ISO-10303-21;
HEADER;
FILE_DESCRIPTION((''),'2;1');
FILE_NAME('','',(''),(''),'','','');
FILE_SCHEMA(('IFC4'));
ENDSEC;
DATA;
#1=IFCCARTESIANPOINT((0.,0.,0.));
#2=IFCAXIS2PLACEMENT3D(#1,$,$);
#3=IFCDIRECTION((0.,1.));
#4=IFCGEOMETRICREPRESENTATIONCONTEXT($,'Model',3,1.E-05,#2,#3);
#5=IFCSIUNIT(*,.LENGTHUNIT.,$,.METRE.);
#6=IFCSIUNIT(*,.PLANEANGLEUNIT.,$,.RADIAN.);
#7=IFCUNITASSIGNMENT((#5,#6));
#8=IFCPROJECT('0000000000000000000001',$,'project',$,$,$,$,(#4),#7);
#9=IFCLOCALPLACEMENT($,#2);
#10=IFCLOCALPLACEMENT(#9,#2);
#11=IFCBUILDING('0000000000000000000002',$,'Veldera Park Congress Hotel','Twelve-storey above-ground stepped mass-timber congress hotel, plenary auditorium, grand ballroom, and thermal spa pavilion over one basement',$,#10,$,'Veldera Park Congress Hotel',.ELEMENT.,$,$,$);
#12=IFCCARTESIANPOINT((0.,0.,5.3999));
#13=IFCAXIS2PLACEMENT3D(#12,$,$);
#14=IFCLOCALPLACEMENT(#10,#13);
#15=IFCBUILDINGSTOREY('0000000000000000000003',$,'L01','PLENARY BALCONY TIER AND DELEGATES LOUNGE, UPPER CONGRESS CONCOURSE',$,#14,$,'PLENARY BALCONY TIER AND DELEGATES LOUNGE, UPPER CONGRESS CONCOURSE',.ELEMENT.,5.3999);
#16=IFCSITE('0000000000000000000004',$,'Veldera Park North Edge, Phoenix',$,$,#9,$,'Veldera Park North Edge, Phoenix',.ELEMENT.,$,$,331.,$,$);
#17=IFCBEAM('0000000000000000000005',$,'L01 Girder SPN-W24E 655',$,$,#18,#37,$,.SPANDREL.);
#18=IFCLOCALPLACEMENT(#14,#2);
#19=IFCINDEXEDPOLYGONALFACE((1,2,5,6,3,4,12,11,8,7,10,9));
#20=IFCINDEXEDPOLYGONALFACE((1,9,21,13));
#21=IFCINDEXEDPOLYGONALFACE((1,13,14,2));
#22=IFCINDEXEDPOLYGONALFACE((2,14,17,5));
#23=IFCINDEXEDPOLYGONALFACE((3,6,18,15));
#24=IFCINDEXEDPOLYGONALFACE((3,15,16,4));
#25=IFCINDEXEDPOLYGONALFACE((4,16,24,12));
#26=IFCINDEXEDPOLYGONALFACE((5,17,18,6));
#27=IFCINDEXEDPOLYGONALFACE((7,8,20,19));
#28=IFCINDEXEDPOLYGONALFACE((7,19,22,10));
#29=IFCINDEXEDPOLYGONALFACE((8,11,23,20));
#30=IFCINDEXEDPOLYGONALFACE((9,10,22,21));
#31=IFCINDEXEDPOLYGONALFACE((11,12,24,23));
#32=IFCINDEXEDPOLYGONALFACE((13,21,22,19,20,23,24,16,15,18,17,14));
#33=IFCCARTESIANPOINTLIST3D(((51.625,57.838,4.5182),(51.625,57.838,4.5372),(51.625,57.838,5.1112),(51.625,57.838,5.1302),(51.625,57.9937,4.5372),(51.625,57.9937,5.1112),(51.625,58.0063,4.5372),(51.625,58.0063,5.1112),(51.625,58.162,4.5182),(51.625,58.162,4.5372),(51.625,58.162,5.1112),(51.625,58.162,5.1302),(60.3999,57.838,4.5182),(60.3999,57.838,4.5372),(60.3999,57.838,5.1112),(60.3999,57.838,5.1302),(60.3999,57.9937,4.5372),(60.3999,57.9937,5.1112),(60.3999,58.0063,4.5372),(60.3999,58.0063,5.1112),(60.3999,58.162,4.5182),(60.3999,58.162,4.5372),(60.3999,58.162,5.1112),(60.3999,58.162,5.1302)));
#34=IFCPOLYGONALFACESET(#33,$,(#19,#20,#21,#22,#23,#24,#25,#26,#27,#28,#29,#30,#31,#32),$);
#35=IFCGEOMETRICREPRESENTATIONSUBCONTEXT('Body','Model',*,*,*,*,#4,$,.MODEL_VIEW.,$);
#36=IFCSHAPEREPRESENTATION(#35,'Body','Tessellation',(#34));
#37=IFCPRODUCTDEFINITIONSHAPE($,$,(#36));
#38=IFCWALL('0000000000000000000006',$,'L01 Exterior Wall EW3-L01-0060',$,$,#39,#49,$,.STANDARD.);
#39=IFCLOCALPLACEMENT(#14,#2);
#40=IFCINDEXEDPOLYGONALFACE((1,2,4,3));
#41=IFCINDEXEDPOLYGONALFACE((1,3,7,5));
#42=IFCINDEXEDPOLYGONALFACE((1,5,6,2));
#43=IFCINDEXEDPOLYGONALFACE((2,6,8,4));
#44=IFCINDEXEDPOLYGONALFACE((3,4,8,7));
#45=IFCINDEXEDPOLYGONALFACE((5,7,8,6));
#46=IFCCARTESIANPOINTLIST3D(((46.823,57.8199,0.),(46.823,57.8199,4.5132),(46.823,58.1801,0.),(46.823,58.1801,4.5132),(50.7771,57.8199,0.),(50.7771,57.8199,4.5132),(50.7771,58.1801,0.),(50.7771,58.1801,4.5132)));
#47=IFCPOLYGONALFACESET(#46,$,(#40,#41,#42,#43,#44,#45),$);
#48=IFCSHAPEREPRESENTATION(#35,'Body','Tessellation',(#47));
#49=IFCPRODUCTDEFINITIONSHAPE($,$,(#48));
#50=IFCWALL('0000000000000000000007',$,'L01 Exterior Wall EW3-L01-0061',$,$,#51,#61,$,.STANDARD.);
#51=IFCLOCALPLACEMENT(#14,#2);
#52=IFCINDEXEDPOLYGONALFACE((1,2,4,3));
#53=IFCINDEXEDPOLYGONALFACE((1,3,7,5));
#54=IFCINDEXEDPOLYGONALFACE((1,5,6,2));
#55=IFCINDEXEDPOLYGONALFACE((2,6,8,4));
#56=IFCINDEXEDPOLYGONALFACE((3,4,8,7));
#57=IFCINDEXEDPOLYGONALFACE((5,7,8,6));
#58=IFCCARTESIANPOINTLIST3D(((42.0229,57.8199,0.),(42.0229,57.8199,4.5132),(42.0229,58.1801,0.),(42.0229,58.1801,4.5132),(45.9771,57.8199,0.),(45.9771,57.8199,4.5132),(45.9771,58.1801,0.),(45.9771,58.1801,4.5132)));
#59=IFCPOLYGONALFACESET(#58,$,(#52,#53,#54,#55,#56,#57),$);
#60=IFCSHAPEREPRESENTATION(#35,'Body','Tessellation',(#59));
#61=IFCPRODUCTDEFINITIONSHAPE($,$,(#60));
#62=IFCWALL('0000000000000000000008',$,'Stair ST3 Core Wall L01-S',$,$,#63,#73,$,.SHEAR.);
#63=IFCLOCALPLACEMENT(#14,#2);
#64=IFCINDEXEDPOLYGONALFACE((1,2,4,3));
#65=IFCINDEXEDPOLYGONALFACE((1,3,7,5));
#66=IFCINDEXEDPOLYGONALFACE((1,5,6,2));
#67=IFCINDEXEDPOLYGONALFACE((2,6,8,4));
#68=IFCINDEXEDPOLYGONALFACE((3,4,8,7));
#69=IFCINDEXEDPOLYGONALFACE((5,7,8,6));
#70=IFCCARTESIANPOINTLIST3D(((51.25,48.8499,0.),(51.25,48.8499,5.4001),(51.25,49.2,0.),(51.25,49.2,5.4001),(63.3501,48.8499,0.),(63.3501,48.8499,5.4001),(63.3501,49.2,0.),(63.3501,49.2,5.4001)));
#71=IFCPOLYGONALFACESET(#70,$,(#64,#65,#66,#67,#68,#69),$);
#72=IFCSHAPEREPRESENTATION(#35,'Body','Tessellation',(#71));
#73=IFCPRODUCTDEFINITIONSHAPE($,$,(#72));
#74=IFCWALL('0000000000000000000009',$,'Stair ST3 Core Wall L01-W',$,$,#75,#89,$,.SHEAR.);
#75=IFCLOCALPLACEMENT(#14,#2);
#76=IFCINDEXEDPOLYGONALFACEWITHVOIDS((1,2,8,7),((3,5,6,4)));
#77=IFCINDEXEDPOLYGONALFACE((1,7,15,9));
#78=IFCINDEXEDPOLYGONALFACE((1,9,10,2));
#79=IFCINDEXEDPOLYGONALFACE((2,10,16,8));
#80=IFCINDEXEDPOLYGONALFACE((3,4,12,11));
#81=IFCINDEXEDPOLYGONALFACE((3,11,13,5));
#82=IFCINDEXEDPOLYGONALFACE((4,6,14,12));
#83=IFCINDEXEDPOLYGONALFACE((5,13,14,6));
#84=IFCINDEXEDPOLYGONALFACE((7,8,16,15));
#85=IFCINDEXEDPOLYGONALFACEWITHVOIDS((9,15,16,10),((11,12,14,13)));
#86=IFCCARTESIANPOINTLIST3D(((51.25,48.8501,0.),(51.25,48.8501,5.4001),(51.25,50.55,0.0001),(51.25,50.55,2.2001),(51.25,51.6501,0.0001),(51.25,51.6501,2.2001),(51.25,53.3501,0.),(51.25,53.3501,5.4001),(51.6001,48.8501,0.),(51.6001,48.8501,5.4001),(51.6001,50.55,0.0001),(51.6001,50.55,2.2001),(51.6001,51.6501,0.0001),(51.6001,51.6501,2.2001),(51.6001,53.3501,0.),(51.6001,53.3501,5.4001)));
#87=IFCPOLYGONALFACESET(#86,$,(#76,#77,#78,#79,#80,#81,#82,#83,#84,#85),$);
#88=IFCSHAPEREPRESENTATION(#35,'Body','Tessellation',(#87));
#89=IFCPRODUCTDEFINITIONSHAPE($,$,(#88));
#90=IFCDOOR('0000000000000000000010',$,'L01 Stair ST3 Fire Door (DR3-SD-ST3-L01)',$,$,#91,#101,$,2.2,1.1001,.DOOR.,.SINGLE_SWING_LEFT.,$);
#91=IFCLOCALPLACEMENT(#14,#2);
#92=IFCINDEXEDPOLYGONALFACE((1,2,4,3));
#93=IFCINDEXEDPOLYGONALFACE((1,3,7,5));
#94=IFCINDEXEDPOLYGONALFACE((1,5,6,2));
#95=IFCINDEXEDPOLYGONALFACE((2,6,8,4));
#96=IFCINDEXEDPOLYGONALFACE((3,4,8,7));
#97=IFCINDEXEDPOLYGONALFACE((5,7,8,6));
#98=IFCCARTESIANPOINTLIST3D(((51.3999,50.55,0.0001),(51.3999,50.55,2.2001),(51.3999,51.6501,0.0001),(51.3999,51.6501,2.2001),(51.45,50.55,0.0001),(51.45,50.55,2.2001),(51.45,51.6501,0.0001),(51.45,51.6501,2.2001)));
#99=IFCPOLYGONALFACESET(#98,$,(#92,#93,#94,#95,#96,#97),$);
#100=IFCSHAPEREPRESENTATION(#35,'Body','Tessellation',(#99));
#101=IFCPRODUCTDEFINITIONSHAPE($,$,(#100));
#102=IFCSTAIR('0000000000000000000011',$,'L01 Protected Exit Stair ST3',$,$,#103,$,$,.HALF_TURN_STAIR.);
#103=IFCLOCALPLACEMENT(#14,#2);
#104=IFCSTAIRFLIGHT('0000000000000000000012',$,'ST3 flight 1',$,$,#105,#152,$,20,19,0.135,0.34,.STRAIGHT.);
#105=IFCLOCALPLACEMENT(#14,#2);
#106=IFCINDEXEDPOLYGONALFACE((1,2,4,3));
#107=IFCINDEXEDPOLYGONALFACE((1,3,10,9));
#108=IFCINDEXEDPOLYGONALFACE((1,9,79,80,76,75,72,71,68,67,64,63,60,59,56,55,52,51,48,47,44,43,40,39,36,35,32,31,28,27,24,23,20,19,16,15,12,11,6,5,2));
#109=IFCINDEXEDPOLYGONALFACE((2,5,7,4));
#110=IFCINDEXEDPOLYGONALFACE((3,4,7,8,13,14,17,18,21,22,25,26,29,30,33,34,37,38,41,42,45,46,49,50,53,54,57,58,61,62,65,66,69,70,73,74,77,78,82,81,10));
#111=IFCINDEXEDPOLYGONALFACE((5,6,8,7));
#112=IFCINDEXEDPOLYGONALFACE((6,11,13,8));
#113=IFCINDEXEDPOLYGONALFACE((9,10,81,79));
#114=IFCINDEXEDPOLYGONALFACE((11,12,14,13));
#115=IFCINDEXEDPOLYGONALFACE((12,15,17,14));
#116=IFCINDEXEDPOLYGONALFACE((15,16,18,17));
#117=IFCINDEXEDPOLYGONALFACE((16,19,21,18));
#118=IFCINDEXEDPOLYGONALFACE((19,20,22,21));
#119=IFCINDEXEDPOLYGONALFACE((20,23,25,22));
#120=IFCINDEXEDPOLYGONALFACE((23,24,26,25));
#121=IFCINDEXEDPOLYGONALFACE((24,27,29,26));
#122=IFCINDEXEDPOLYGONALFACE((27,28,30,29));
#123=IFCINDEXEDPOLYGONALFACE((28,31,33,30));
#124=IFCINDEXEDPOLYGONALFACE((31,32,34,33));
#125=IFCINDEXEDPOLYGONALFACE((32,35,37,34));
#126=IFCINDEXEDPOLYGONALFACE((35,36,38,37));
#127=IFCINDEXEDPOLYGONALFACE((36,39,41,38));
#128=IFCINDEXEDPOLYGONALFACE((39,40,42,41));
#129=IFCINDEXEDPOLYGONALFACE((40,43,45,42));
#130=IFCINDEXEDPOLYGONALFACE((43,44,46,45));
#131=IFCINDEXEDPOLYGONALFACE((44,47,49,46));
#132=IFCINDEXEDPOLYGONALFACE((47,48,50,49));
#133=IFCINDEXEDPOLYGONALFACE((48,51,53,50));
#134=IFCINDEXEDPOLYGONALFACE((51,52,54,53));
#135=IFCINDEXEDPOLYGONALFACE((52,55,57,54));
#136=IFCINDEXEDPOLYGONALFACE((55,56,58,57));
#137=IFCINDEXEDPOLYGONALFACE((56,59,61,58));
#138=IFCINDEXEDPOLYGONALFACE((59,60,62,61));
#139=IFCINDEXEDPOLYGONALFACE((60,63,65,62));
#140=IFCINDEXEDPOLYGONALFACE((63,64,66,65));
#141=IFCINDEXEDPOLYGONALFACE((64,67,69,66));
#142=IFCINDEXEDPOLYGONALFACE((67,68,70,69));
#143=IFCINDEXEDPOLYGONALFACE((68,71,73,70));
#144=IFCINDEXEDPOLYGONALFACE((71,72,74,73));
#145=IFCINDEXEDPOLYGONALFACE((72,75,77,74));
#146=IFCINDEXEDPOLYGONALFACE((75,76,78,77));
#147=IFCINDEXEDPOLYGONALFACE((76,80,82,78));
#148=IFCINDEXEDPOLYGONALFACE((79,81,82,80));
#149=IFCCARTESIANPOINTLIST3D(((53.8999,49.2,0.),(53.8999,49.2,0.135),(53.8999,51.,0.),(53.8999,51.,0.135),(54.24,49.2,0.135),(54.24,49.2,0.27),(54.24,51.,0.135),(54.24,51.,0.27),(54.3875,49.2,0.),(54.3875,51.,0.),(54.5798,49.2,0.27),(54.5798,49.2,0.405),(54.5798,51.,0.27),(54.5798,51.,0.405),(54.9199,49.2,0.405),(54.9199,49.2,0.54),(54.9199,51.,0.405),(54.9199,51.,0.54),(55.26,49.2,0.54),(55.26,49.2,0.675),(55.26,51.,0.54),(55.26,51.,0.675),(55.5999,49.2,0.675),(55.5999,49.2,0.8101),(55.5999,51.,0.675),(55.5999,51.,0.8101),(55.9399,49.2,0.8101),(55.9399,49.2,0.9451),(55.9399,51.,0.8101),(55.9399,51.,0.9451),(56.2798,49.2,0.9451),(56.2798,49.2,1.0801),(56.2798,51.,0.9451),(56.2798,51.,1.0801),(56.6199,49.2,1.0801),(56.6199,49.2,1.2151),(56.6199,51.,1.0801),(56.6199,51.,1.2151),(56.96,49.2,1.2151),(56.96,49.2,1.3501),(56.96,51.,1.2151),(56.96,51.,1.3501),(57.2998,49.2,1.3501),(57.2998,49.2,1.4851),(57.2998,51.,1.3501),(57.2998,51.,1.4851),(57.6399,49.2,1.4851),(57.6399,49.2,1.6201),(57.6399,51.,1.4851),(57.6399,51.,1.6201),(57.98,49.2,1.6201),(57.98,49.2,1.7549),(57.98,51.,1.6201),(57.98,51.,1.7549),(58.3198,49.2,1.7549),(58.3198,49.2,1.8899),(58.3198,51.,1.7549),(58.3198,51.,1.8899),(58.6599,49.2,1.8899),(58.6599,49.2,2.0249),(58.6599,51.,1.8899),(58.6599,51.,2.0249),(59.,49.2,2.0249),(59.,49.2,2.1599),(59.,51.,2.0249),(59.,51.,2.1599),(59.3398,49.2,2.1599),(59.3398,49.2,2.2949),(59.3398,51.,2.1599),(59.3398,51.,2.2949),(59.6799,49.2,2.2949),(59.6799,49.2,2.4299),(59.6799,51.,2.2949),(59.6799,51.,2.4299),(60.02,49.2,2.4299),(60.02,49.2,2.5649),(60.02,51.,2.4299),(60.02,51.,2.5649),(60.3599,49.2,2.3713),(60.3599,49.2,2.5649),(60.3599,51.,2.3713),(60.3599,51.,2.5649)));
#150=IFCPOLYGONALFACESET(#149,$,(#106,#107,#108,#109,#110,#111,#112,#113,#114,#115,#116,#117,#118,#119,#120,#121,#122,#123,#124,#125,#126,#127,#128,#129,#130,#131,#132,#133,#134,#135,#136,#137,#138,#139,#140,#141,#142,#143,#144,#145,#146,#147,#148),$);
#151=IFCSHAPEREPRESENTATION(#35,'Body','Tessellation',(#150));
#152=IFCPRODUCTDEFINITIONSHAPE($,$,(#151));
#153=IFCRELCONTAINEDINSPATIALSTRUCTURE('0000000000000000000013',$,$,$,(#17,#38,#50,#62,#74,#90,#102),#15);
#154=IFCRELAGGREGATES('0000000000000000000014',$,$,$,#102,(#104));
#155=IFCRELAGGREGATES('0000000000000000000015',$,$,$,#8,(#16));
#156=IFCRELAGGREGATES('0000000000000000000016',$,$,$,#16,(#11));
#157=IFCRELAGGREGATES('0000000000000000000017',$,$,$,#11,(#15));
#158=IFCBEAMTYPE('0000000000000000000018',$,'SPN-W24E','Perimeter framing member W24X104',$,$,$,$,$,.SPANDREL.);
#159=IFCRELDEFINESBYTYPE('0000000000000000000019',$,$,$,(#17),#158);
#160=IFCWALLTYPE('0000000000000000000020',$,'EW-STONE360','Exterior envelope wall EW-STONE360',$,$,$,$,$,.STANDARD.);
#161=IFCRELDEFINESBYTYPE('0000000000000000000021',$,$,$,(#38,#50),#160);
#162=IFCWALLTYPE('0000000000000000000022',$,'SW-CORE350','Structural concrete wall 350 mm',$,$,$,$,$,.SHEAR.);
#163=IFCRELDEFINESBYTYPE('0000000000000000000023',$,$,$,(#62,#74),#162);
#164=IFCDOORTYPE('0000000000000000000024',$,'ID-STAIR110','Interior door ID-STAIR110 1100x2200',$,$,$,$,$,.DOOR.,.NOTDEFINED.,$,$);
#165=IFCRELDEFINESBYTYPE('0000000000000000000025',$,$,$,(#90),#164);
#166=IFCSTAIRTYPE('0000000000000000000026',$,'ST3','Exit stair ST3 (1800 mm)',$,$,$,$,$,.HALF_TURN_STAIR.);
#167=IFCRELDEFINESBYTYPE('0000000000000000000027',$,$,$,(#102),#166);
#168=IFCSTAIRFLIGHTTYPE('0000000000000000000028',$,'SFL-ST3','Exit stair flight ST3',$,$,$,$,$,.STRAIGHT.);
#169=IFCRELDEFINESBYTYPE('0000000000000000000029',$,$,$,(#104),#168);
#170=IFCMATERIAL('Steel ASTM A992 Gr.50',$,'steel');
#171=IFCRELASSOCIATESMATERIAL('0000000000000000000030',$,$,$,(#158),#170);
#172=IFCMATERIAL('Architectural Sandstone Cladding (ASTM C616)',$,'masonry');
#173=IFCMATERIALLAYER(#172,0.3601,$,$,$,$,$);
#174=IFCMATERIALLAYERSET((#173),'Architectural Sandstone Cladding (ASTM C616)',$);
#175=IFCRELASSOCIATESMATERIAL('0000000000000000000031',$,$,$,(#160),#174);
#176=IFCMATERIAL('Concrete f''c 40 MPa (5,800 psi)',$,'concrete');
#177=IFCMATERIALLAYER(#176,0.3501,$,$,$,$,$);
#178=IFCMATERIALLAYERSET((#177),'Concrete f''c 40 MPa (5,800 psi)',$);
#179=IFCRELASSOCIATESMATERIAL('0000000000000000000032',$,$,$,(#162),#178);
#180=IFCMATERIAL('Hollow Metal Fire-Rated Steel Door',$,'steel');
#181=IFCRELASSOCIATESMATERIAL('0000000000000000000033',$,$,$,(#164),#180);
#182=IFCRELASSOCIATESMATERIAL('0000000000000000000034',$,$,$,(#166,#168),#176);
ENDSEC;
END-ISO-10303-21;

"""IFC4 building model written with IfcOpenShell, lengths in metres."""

from ifc_helpers import new_model, si_unit, direction, frame, frame_2d, origin, origin_2d, place, context, subcontext, project, spatial, polyline, rectangle, i_section, outline, extrude, material, layer, layer_set, material_profile, profile_set, type_object, element, fill, aggregate, save


model = new_model("IFC4")

# Units and contexts
model_context = context("Model", 3, precision=1e-05, world=origin(), true_north=direction((0.0, 1.0)))
body_context = subcontext(model_context, "Body", "Model", "MODEL_VIEW")
ifc_project = project(units=[si_unit("LENGTHUNIT", "METRE"), si_unit("PLANEANGLEUNIT", "RADIAN")], contexts=[model_context])

# Site, building, storey
site_placement = place(None, origin())
site = spatial("IfcSite", under=ifc_project, at=site_placement, Name="Veldera Park North Edge, Phoenix", LongName="Veldera Park North Edge, Phoenix", CompositionType="ELEMENT", RefElevation=331.0)
building_placement = place(site_placement, origin())
building = spatial("IfcBuilding", under=site, at=building_placement, Name="Veldera Park Congress Hotel", Description="Twelve-storey above-ground stepped mass-timber congress hotel, plenary auditorium, grand ballroom, and thermal spa pavilion over one basement", LongName="Veldera Park Congress Hotel", CompositionType="ELEMENT")
storey_placement = place(building_placement, frame((0.0, 0.0, 5.3999)))
storey = spatial("IfcBuildingStorey", under=building, at=storey_placement, Name="L01", Description="PLENARY BALCONY TIER AND DELEGATES LOUNGE, UPPER CONGRESS CONCOURSE", LongName="PLENARY BALCONY TIER AND DELEGATES LOUNGE, UPPER CONGRESS CONCOURSE", CompositionType="ELEMENT", Elevation=5.3999)

# Beam
ifc_material_1 = material(Name="Steel ASTM A992 Gr.50", Category="steel")
ifc_material_profile_1 = material_profile(ifc_material_1, i_section(OverallWidth=0.324, OverallDepth=0.6121, WebThickness=0.0127, FlangeThickness=0.019, at=origin_2d()), Name="W24X104")
ifc_profile_set_1 = profile_set([ifc_material_profile_1], Name="Steel ASTM A992 Gr.50")
beam_type_1 = type_object("IfcBeamType", Name="SPN-W24E", Description="Perimeter framing member W24X104", PredefinedType="SPANDREL", material=ifc_profile_set_1)
beam_1_placement = place(storey_placement, frame((51.625, 58.0, 4.8242), z_axis=(1.0, 0.0, 0.0), x_axis=(0.0, 1.0, 0.0)))
element("IfcBeam", 1, at=beam_1_placement, inside=storey, type_object=beam_type_1, Name="L01 Girder SPN-W24E 655", PredefinedType="SPANDREL", context=body_context, shape_type="SweptSolid", body=[
    extrude(i_section(OverallWidth=0.324, OverallDepth=0.6121, WebThickness=0.0127, FlangeThickness=0.019, at=origin_2d()), origin(), (0.0, 0.0, 1.0), 8.7749),
])

# Walls
ifc_material_2 = material(Name="Architectural Sandstone Cladding (ASTM C616)", Category="masonry")
ifc_layer_1 = layer(ifc_material_2, 0.3601)
ifc_layer_set_1 = layer_set([ifc_layer_1], Name="Architectural Sandstone Cladding (ASTM C616)")
wall_type_1 = type_object("IfcWallType", Name="EW-STONE360", Description="Exterior envelope wall EW-STONE360", PredefinedType="STANDARD", material=ifc_layer_set_1)
for number, where, z_axis, x_axis, name in (
    (2, (50.7771, 58.0, 0.0), (0.0, 0.0, 1.0), (-1.0, 0.0, 0.0), "L01 Exterior Wall EW3-L01-0060"),
    (3, (45.9771, 58.0, 0.0), (0.0, 0.0, 1.0), (-1.0, 0.0, 0.0), "L01 Exterior Wall EW3-L01-0061"),
):
    element("IfcWall", number, at=place(storey_placement, frame(where, z_axis=z_axis, x_axis=x_axis)), inside=storey, type_object=wall_type_1, Name=name, PredefinedType="STANDARD", context=body_context, shape_type="SweptSolid", body=[
        extrude(rectangle(XDim=3.9541, YDim=0.3601, at=frame_2d((1.9771, 0.0))), origin(), (0.0, 0.0, 1.0), 4.5132),
    ])
ifc_material_3 = material(Name="Concrete f'c 40 MPa (5,800 psi)", Category="concrete")
ifc_layer_2 = layer(ifc_material_3, 0.3501)
ifc_layer_set_2 = layer_set([ifc_layer_2], Name="Concrete f'c 40 MPa (5,800 psi)")
wall_type_2 = type_object("IfcWallType", Name="SW-CORE350", Description="Structural concrete wall 350 mm", PredefinedType="SHEAR", material=ifc_layer_set_2)
wall_1_placement = place(storey_placement, frame((51.25, 49.0249, 0.0), z_axis=(0.0, 0.0, 1.0), x_axis=(1.0, 0.0, 0.0)))
element("IfcWall", 4, at=wall_1_placement, inside=storey, type_object=wall_type_2, Name="Stair ST3 Core Wall L01-S", PredefinedType="SHEAR", context=body_context, shape_type="SweptSolid", body=[
    extrude(rectangle(XDim=12.1001, YDim=0.3501, at=frame_2d((6.05, 0.0))), origin(), (0.0, 0.0, 1.0), 5.4001),
])

# Wall, opening, door
wall_2_placement = place(storey_placement, frame((51.425, 53.3501, 0.0), z_axis=(0.0, 0.0, 1.0), x_axis=(0.0, -1.0, 0.0)))
wall_2 = element("IfcWall", 5, at=wall_2_placement, inside=storey, type_object=wall_type_2, Name="Stair ST3 Core Wall L01-W", PredefinedType="SHEAR", context=body_context, shape_type="SweptSolid", body=[
    extrude(rectangle(XDim=4.5, YDim=0.3501, at=frame_2d((2.25, 0.0))), origin(), (0.0, 0.0, 1.0), 5.4001),
])
opening_placement = place(wall_2_placement, frame((1.7, 0.0, 0.0)))
opening = element("IfcOpeningElement", 6, at=opening_placement, cuts=wall_2, PredefinedType="OPENING", context=body_context, shape_type="SweptSolid", body=[
    extrude(rectangle(XDim=1.1001, YDim=2.2, at=frame_2d((0.55, 1.1001))), frame((0.0, 0.187, 0.0), z_axis=(0.0, -1.0, 0.0), x_axis=(1.0, 0.0, 0.0)), (0.0, 0.0, 1.0), 0.374),
])
ifc_material_4 = material(Name="Hollow Metal Fire-Rated Steel Door", Category="steel")
door_type = type_object("IfcDoorType", Name="ID-STAIR110", Description="Interior door ID-STAIR110 1100x2200", OperationType="NOTDEFINED", PredefinedType="DOOR", material=ifc_material_4)
door_placement = place(opening_placement, origin())
door = element("IfcDoor", 7, at=door_placement, inside=storey, type_object=door_type, Name="L01 Stair ST3 Fire Door (DR3-SD-ST3-L01)", OperationType="SINGLE_SWING_LEFT", OverallHeight=2.2, OverallWidth=1.1001, PredefinedType="DOOR", context=body_context, shape_type="SweptSolid", body=[
    extrude(rectangle(XDim=1.1001, YDim=2.2, at=frame_2d((0.55, 1.1001))), frame((0.0, 0.0249, 0.0), z_axis=(0.0, -1.0, 0.0), x_axis=(1.0, 0.0, 0.0)), (0.0, 0.0, 1.0), 0.05),
])
fill(opening, door)

# Stair, stair flight
stair_type = type_object("IfcStairType", Name="ST3", Description="Exit stair ST3 (1800 mm)", PredefinedType="HALF_TURN_STAIR", material=ifc_material_3)
stair_placement = place(storey_placement, origin())
stair = element("IfcStair", 8, at=stair_placement, inside=storey, type_object=stair_type, Name="L01 Protected Exit Stair ST3", PredefinedType="HALF_TURN_STAIR")
stair_flight_type = type_object("IfcStairFlightType", Name="SFL-ST3", Description="Exit stair flight ST3", PredefinedType="STRAIGHT", material=ifc_material_3)
stair_flight_placement = place(storey_placement, frame((53.8999, 50.1001, 0.0), z_axis=(0.0, 0.0, 1.0), x_axis=(1.0, 0.0, 0.0)))
stair_flight = element("IfcStairFlight", 9, at=stair_flight_placement, type_object=stair_flight_type, Name="ST3 flight 1", NumberOfRisers=20, NumberOfTreads=19, PredefinedType="STRAIGHT", RiserHeight=0.135, TreadLength=0.34, context=body_context, shape_type="SweptSolid", body=[
    extrude(outline(polyline([(0.0, 0.0), (0.0, 0.135), (0.3401, 0.135), (0.3401, 0.27), (0.6799, 0.27), (0.6799, 0.405), (1.02, 0.405), (1.02, 0.54), (1.3601, 0.54), (1.3601, 0.675), (1.7, 0.675), (1.7, 0.8101), (2.04, 0.8101), (2.04, 0.9451), (2.3799, 0.9451), (2.3799, 1.0801), (2.72, 1.0801), (2.72, 1.2151), (3.0601, 1.2151), (3.0601, 1.3501), (3.3999, 1.3501), (3.3999, 1.4851), (3.74, 1.4851), (3.74, 1.6201), (4.0801, 1.6201), (4.0801, 1.7549), (4.4199, 1.7549), (4.4199, 1.8899), (4.76, 1.8899), (4.76, 2.0249), (5.1001, 2.0249), (5.1001, 2.1599), (5.4399, 2.1599), (5.4399, 2.2949), (5.78, 2.2949), (5.78, 2.4299), (6.1201, 2.4299), (6.1201, 2.5649), (6.46, 2.5649), (6.46, 2.7), (6.46, 2.7), (6.46, 2.3713), (0.4875, 0.0), (0.0, 0.0)])), frame((0.0, 0.8999, 0.0), z_axis=(0.0, -1.0, 0.0), x_axis=(1.0, 0.0, 0.0)), (0.0, 0.0, 1.0), 1.8),
])
aggregate(stair, [stair_flight])

save(model, "model.ifc")
